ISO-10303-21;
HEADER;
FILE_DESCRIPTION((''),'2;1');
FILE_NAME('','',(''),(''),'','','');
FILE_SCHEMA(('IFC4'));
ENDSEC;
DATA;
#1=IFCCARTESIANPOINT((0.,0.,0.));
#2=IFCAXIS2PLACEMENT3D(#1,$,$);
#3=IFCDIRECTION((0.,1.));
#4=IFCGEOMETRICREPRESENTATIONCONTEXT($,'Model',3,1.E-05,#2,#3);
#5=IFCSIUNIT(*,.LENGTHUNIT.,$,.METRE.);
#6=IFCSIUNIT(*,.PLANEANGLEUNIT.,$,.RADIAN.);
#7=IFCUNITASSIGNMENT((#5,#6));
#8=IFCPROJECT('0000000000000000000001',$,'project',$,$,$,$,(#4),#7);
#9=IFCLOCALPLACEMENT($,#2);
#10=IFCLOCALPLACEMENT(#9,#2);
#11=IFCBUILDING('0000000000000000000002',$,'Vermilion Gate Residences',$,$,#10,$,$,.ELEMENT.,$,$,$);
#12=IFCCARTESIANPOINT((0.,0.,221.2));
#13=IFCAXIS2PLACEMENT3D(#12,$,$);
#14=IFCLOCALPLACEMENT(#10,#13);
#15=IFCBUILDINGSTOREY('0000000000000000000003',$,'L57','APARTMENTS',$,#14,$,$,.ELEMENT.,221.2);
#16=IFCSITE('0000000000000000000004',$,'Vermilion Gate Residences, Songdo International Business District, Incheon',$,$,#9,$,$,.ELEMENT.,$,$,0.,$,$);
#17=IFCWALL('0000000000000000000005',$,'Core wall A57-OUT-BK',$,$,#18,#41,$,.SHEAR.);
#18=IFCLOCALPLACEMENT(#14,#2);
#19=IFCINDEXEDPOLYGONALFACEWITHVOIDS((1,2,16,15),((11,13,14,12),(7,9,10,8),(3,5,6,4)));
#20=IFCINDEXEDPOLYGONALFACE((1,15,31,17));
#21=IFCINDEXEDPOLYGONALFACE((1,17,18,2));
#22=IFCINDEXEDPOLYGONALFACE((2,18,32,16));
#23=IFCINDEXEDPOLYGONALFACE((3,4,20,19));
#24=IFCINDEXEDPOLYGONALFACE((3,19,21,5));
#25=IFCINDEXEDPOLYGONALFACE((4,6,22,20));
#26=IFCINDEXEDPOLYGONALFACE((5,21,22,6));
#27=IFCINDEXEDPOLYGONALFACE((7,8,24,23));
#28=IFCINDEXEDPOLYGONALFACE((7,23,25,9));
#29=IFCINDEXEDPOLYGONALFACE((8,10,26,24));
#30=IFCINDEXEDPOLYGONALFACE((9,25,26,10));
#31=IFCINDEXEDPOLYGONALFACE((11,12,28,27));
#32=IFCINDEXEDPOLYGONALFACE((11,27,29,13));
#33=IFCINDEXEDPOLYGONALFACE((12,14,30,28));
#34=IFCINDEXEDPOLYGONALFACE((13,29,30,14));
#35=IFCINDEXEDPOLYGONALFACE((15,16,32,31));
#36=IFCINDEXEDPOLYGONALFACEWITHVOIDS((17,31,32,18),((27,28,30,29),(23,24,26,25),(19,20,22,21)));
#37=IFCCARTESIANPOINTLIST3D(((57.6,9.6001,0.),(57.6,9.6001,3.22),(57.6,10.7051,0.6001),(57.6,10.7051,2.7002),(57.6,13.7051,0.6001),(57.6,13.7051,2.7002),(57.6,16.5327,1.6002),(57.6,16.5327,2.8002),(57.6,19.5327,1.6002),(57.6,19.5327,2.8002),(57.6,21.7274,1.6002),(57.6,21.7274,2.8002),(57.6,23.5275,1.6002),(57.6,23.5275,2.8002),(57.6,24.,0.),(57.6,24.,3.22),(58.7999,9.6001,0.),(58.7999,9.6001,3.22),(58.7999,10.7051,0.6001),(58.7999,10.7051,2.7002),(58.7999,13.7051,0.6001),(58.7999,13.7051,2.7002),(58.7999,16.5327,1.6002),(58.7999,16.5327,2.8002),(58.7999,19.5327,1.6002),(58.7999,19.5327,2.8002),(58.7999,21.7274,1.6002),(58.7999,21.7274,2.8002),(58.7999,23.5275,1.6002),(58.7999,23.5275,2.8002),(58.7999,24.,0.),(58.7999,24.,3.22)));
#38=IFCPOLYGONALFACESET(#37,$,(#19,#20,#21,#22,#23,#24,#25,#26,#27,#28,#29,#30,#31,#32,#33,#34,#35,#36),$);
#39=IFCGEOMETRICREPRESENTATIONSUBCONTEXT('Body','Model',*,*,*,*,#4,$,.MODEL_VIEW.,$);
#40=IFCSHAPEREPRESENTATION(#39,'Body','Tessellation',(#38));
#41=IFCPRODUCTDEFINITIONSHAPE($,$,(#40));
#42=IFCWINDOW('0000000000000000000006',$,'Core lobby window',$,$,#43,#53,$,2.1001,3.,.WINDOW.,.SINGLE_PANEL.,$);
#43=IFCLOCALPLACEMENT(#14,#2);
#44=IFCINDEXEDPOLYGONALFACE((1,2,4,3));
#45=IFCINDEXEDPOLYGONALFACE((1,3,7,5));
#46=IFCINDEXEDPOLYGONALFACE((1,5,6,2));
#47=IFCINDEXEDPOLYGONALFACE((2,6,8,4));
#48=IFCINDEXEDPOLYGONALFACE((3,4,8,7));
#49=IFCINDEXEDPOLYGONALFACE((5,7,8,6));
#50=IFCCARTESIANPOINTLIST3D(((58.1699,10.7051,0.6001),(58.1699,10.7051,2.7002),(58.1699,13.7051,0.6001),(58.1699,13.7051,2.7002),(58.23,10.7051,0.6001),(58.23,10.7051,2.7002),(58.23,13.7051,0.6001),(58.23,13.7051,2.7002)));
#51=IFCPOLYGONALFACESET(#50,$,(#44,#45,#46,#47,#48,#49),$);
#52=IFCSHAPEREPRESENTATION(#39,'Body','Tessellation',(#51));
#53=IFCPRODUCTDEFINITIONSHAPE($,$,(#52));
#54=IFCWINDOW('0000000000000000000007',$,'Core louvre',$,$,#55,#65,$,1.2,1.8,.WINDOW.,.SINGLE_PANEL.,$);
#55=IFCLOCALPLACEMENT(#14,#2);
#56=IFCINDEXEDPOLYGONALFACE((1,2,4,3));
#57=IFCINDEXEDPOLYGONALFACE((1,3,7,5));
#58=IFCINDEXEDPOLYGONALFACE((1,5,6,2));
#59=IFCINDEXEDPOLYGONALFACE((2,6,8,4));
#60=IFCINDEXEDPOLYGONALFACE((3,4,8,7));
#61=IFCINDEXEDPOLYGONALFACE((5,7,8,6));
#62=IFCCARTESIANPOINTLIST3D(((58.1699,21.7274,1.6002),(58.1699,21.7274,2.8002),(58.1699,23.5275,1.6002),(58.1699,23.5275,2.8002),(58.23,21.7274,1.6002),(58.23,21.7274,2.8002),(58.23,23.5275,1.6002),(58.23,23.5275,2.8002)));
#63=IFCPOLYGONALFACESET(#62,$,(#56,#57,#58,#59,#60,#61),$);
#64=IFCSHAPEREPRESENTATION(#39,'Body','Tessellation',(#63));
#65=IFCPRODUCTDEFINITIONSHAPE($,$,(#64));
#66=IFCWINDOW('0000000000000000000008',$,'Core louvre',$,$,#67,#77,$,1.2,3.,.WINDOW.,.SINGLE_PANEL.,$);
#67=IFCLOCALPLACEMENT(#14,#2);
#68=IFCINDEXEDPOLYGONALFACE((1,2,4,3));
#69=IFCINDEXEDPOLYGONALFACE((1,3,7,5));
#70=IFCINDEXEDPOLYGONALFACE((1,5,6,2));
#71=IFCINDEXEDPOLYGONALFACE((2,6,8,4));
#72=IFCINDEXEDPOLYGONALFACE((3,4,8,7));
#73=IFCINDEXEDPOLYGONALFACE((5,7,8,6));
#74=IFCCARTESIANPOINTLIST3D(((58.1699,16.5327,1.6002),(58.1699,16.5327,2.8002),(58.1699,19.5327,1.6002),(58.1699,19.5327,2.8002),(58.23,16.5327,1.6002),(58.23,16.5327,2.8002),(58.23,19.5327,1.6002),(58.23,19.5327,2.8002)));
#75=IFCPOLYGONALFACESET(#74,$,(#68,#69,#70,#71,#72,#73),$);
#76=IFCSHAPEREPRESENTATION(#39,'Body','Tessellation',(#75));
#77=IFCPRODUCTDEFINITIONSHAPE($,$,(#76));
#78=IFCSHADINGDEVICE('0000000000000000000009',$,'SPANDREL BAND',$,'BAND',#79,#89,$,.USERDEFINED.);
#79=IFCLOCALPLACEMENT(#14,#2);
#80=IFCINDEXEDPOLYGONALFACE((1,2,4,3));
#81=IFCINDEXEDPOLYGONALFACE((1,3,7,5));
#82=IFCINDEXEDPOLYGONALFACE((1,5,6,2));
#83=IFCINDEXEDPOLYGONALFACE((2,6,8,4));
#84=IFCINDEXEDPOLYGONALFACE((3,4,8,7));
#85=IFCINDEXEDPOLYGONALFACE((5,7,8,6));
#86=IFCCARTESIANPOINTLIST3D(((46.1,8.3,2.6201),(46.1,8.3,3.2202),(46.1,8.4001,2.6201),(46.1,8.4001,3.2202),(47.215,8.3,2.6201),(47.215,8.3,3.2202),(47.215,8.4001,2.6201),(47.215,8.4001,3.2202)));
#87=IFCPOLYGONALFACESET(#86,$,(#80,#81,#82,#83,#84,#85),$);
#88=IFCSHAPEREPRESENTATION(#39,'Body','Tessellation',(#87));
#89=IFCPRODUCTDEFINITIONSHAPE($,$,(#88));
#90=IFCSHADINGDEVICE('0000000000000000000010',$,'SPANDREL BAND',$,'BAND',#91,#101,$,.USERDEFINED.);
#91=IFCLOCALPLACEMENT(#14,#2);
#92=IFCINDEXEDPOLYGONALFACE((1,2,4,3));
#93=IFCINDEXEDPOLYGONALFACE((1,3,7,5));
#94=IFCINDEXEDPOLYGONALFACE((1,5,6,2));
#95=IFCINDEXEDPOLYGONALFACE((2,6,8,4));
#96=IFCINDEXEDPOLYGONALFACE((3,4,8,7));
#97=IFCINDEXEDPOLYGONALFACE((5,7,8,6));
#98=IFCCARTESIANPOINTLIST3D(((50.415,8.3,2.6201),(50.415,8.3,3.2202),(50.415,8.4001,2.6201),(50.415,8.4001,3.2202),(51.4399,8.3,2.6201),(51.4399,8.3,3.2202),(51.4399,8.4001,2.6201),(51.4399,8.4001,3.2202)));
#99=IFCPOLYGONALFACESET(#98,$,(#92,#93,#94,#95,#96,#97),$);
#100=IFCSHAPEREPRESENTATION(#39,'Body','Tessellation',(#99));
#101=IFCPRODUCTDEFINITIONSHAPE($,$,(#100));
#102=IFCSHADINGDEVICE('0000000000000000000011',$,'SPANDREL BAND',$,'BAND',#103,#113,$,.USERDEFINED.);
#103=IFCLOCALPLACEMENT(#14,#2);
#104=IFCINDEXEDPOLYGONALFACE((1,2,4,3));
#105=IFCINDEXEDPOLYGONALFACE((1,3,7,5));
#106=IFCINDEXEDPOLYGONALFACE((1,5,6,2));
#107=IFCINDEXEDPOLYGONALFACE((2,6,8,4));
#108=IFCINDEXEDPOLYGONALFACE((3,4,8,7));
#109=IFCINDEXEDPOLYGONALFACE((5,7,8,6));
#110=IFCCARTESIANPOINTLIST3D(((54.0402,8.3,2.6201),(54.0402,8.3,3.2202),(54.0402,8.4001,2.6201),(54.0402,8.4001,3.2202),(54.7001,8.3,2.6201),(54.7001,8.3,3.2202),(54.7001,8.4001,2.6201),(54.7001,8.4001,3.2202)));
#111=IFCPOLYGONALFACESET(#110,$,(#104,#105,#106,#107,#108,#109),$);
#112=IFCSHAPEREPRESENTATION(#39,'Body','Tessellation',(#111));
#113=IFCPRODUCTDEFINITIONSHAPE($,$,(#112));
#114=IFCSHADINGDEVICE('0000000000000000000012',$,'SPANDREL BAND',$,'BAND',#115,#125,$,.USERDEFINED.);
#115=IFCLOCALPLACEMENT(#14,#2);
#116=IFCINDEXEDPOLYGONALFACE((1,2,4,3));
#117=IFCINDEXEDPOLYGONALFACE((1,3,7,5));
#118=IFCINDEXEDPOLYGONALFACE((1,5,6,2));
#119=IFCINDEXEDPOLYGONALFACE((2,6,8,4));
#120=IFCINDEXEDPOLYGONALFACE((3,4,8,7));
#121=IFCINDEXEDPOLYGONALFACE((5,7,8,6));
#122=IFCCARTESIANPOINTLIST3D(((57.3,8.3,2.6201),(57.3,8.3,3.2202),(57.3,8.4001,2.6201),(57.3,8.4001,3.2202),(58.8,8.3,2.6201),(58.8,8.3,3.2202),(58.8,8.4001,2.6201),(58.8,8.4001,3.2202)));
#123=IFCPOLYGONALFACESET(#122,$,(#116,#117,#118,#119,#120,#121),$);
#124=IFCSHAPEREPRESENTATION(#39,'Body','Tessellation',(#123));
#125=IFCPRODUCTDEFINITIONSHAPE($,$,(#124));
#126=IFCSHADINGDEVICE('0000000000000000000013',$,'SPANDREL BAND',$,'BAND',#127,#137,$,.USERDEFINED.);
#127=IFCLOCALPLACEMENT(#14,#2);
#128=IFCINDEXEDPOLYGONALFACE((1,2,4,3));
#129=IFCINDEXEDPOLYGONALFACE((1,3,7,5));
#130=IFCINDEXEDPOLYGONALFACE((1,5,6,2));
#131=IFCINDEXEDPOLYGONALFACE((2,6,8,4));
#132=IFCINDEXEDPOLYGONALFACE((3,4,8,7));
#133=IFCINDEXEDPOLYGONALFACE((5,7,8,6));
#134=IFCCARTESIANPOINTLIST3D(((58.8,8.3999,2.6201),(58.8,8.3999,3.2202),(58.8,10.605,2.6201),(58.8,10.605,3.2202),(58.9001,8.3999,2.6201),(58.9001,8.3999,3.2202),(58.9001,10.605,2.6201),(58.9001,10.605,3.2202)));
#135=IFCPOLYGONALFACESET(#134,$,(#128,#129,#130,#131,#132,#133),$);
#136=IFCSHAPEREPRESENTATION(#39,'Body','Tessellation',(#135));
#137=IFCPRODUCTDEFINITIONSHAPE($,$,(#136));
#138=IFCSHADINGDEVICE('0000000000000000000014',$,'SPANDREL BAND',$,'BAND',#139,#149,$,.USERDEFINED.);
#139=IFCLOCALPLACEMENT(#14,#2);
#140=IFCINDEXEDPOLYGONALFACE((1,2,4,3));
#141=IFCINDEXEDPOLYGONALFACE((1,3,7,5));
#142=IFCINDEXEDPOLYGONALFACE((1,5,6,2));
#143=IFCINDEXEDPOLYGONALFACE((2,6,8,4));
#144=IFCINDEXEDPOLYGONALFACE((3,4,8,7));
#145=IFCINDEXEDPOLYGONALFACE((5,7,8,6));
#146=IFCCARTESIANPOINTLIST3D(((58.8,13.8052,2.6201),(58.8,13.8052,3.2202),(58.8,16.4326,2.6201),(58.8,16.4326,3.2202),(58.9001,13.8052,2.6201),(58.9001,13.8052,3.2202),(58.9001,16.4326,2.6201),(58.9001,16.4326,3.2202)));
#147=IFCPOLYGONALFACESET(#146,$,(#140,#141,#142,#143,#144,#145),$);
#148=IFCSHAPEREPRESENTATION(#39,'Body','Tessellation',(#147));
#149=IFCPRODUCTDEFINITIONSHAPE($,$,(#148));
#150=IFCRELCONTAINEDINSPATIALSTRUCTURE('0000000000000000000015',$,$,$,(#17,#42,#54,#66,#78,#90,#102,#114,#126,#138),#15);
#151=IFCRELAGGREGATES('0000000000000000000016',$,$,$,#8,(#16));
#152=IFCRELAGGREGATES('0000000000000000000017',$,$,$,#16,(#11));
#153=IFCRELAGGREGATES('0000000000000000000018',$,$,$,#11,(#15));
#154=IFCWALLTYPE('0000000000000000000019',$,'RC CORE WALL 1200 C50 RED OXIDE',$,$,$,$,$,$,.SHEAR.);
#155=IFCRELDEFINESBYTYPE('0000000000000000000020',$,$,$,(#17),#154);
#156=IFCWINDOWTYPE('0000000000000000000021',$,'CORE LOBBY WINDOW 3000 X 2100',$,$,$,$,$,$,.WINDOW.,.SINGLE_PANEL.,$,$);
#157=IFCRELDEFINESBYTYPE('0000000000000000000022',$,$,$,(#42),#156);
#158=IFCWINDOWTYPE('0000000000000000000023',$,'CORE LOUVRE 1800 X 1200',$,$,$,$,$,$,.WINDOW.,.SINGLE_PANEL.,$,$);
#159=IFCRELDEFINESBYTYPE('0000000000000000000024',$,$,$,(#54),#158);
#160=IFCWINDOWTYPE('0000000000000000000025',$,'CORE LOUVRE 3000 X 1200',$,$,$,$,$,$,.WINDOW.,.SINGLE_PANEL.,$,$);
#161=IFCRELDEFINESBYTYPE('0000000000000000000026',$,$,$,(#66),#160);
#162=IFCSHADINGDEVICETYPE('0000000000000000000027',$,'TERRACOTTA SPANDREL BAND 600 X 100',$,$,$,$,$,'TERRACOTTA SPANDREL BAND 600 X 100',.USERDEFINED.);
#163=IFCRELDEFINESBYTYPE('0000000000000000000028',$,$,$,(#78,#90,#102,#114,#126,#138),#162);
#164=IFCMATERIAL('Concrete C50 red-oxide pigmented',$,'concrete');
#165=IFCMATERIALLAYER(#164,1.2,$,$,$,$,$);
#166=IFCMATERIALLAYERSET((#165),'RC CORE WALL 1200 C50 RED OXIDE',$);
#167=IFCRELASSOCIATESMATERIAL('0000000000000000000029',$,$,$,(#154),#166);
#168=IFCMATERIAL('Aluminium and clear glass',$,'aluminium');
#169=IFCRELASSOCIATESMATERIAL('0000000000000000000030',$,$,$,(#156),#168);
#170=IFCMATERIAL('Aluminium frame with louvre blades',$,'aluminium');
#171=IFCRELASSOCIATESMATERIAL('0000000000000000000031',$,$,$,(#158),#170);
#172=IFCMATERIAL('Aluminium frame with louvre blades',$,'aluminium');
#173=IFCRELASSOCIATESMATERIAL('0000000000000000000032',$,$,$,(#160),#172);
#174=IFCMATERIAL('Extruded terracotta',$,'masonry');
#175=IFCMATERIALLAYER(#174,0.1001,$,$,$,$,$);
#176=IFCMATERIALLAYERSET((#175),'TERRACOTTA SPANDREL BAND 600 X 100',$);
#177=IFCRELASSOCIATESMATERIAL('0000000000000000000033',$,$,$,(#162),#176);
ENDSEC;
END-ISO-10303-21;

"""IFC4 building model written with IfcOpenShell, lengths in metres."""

from ifc_helpers import new_model, si_unit, direction, frame, frame_2d, origin, origin_2d, place, context, subcontext, project, spatial, rectangle, extrude, material, layer, layer_set, type_object, element, fill, save


model = new_model("IFC4")

# Units and contexts
model_context = context("Model", 3, precision=1e-05, world=origin(), true_north=direction((0.0, 1.0)))
body_context = subcontext(model_context, "Body", "Model", "MODEL_VIEW")
ifc_project = project(units=[si_unit("LENGTHUNIT", "METRE"), si_unit("PLANEANGLEUNIT", "RADIAN")], contexts=[model_context])

# Site, building, storey
site_placement = place(None, origin())
site = spatial("IfcSite", under=ifc_project, at=site_placement, Name="Vermilion Gate Residences, Songdo International Business District, Incheon", CompositionType="ELEMENT", RefElevation=0.0)
building_placement = place(site_placement, origin())
building = spatial("IfcBuilding", under=site, at=building_placement, Name="Vermilion Gate Residences", CompositionType="ELEMENT")
storey_placement = place(building_placement, frame((0.0, 0.0, 221.2)))
storey = spatial("IfcBuildingStorey", under=building, at=storey_placement, Name="L57", Description="APARTMENTS", CompositionType="ELEMENT", Elevation=221.2)

# Wall, openings, windows
ifc_material_1 = material(Name="Concrete C50 red-oxide pigmented", Category="concrete")
ifc_layer_1 = layer(ifc_material_1, 1.2)
ifc_layer_set_1 = layer_set([ifc_layer_1], Name="RC CORE WALL 1200 C50 RED OXIDE")
wall_type_1 = type_object("IfcWallType", Name="RC CORE WALL 1200 C50 RED OXIDE", PredefinedType="SHEAR", material=ifc_layer_set_1)
wall_1_placement = place(storey_placement, frame((58.2, 9.6001, 0.0), z_axis=(0.0, 0.0, 1.0), x_axis=(0.0, 1.0, 0.0)))
wall_1 = element("IfcWall", 1, at=wall_1_placement, inside=storey, type_object=wall_type_1, Name="Core wall A57-OUT-BK", PredefinedType="SHEAR", context=body_context, shape_type="SweptSolid", body=[
    extrude(rectangle(XDim=14.3999, YDim=1.2, at=frame_2d((7.2, 0.0))), origin(), (0.0, 0.0, 1.0), 3.22),
])
opening_1_placement = place(wall_1_placement, frame((1.105, 0.0, 0.6001)))
opening_1 = element("IfcOpeningElement", 2, at=opening_1_placement, cuts=wall_1, PredefinedType="OPENING", context=body_context, shape_type="SweptSolid", body=[
    extrude(rectangle(XDim=3.0, YDim=2.1001, at=frame_2d((1.5, 1.05))), frame((0.0, 0.6099, 0.0), z_axis=(0.0, -1.0, 0.0), x_axis=(1.0, 0.0, 0.0)), (0.0, 0.0, 1.0), 1.22),
])
opening_2_placement = place(wall_1_placement, frame((6.9326, 0.0, 1.6001)))
opening_2 = element("IfcOpeningElement", 3, at=opening_2_placement, cuts=wall_1, PredefinedType="OPENING", context=body_context, shape_type="SweptSolid", body=[
    extrude(rectangle(XDim=3.0, YDim=1.2, at=frame_2d((1.5, 0.6001))), frame((0.0, 0.6099, 0.0), z_axis=(0.0, -1.0, 0.0), x_axis=(1.0, 0.0, 0.0)), (0.0, 0.0, 1.0), 1.22),
])
opening_3_placement = place(wall_1_placement, frame((12.1274, 0.0, 1.6001)))
opening_3 = element("IfcOpeningElement", 4, at=opening_3_placement, cuts=wall_1, PredefinedType="OPENING", context=body_context, shape_type="SweptSolid", body=[
    extrude(rectangle(XDim=1.8, YDim=1.2, at=frame_2d((0.8999, 0.6001))), frame((0.0, 0.6099, 0.0), z_axis=(0.0, -1.0, 0.0), x_axis=(1.0, 0.0, 0.0)), (0.0, 0.0, 1.0), 1.22),
])
ifc_material_2 = material(Name="Aluminium and clear glass", Category="aluminium")
window_type_1 = type_object("IfcWindowType", Name="CORE LOBBY WINDOW 3000 X 2100", PartitioningType="SINGLE_PANEL", PredefinedType="WINDOW", material=ifc_material_2)
window_1_placement = place(opening_1_placement, origin())
window_1 = element("IfcWindow", 5, at=window_1_placement, inside=storey, type_object=window_type_1, Name="Core lobby window", OverallHeight=2.1001, OverallWidth=3.0, PartitioningType="SINGLE_PANEL", PredefinedType="WINDOW", context=body_context, shape_type="SweptSolid", body=[
    extrude(rectangle(XDim=3.0, YDim=2.1001, at=frame_2d((1.5, 1.05))), frame((0.0, 0.03, 0.0), z_axis=(0.0, -1.0, 0.0), x_axis=(1.0, 0.0, 0.0)), (0.0, 0.0, 1.0), 0.0601),
])
fill(opening_1, window_1)
ifc_material_3 = material(Name="Aluminium frame with louvre blades", Category="aluminium")
window_type_2 = type_object("IfcWindowType", Name="CORE LOUVRE 1800 X 1200", PartitioningType="SINGLE_PANEL", PredefinedType="WINDOW", material=ifc_material_3)
window_2_placement = place(opening_3_placement, origin())
window_2 = element("IfcWindow", 6, at=window_2_placement, inside=storey, type_object=window_type_2, Name="Core louvre", OverallHeight=1.2, OverallWidth=1.8, PartitioningType="SINGLE_PANEL", PredefinedType="WINDOW", context=body_context, shape_type="SweptSolid", body=[
    extrude(rectangle(XDim=1.8, YDim=1.2, at=frame_2d((0.8999, 0.6001))), frame((0.0, 0.03, 0.0), z_axis=(0.0, -1.0, 0.0), x_axis=(1.0, 0.0, 0.0)), (0.0, 0.0, 1.0), 0.0601),
])
fill(opening_3, window_2)
ifc_material_4 = material(Name="Aluminium frame with louvre blades", Category="aluminium")
window_type_3 = type_object("IfcWindowType", Name="CORE LOUVRE 3000 X 1200", PartitioningType="SINGLE_PANEL", PredefinedType="WINDOW", material=ifc_material_4)
window_3_placement = place(opening_2_placement, origin())
window_3 = element("IfcWindow", 7, at=window_3_placement, inside=storey, type_object=window_type_3, Name="Core louvre", OverallHeight=1.2, OverallWidth=3.0, PartitioningType="SINGLE_PANEL", PredefinedType="WINDOW", context=body_context, shape_type="SweptSolid", body=[
    extrude(rectangle(XDim=3.0, YDim=1.2, at=frame_2d((1.5, 0.6001))), frame((0.0, 0.03, 0.0), z_axis=(0.0, -1.0, 0.0), x_axis=(1.0, 0.0, 0.0)), (0.0, 0.0, 1.0), 0.0601),
])
fill(opening_2, window_3)

# Shading devices
ifc_material_5 = material(Name="Extruded terracotta", Category="masonry")
ifc_layer_2 = layer(ifc_material_5, 0.1001)
ifc_layer_set_2 = layer_set([ifc_layer_2], Name="TERRACOTTA SPANDREL BAND 600 X 100")
shading_device_type = type_object("IfcShadingDeviceType", Name="TERRACOTTA SPANDREL BAND 600 X 100", ElementType="TERRACOTTA SPANDREL BAND 600 X 100", PredefinedType="USERDEFINED", material=ifc_layer_set_2)
shading_device_1_placement = place(storey_placement, frame((46.6575, 8.3501, 2.6201), z_axis=(0.0, 0.0, 1.0), x_axis=(1.0, 0.0, 0.0)))
element("IfcShadingDevice", 8, at=shading_device_1_placement, inside=storey, type_object=shading_device_type, Name="SPANDREL BAND", ObjectType="BAND", PredefinedType="USERDEFINED", context=body_context, shape_type="SweptSolid", body=[
    extrude(rectangle(XDim=1.115, YDim=0.1001, at=origin_2d()), origin(), (0.0, 0.0, 1.0), 0.6001),
])
shading_device_2_placement = place(storey_placement, frame((50.9275, 8.3501, 2.6201), z_axis=(0.0, 0.0, 1.0), x_axis=(1.0, 0.0, 0.0)))
element("IfcShadingDevice", 9, at=shading_device_2_placement, inside=storey, type_object=shading_device_type, Name="SPANDREL BAND", ObjectType="BAND", PredefinedType="USERDEFINED", context=body_context, shape_type="SweptSolid", body=[
    extrude(rectangle(XDim=1.0249, YDim=0.1001, at=origin_2d()), origin(), (0.0, 0.0, 1.0), 0.6001),
])
shading_device_3_placement = place(storey_placement, frame((54.3701, 8.3501, 2.6201), z_axis=(0.0, 0.0, 1.0), x_axis=(1.0, 0.0, 0.0)))
element("IfcShadingDevice", 10, at=shading_device_3_placement, inside=storey, type_object=shading_device_type, Name="SPANDREL BAND", ObjectType="BAND", PredefinedType="USERDEFINED", context=body_context, shape_type="SweptSolid", body=[
    extrude(rectangle(XDim=0.6599, YDim=0.1001, at=origin_2d()), origin(), (0.0, 0.0, 1.0), 0.6001),
])
shading_device_4_placement = place(storey_placement, frame((58.05, 8.3501, 2.6201), z_axis=(0.0, 0.0, 1.0), x_axis=(1.0, 0.0, 0.0)))
element("IfcShadingDevice", 11, at=shading_device_4_placement, inside=storey, type_object=shading_device_type, Name="SPANDREL BAND", ObjectType="BAND", PredefinedType="USERDEFINED", context=body_context, shape_type="SweptSolid", body=[
    extrude(rectangle(XDim=1.5, YDim=0.1001, at=origin_2d()), origin(), (0.0, 0.0, 1.0), 0.6001),
])
shading_device_5_placement = place(storey_placement, frame((58.8501, 9.5024, 2.6201), z_axis=(0.0, 0.0, 1.0), x_axis=(0.0, 1.0, 0.0)))
element("IfcShadingDevice", 12, at=shading_device_5_placement, inside=storey, type_object=shading_device_type, Name="SPANDREL BAND", ObjectType="BAND", PredefinedType="USERDEFINED", context=body_context, shape_type="SweptSolid", body=[
    extrude(rectangle(XDim=2.2051, YDim=0.1001, at=origin_2d()), origin(), (0.0, 0.0, 1.0), 0.6001),
])
shading_device_6_placement = place(storey_placement, frame((58.8501, 15.1189, 2.6201), z_axis=(0.0, 0.0, 1.0), x_axis=(0.0, 1.0, 0.0)))
element("IfcShadingDevice", 13, at=shading_device_6_placement, inside=storey, type_object=shading_device_type, Name="SPANDREL BAND", ObjectType="BAND", PredefinedType="USERDEFINED", context=body_context, shape_type="SweptSolid", body=[
    extrude(rectangle(XDim=2.6274, YDim=0.1001, at=origin_2d()), origin(), (0.0, 0.0, 1.0), 0.6001),
])

save(model, "model.ifc")
